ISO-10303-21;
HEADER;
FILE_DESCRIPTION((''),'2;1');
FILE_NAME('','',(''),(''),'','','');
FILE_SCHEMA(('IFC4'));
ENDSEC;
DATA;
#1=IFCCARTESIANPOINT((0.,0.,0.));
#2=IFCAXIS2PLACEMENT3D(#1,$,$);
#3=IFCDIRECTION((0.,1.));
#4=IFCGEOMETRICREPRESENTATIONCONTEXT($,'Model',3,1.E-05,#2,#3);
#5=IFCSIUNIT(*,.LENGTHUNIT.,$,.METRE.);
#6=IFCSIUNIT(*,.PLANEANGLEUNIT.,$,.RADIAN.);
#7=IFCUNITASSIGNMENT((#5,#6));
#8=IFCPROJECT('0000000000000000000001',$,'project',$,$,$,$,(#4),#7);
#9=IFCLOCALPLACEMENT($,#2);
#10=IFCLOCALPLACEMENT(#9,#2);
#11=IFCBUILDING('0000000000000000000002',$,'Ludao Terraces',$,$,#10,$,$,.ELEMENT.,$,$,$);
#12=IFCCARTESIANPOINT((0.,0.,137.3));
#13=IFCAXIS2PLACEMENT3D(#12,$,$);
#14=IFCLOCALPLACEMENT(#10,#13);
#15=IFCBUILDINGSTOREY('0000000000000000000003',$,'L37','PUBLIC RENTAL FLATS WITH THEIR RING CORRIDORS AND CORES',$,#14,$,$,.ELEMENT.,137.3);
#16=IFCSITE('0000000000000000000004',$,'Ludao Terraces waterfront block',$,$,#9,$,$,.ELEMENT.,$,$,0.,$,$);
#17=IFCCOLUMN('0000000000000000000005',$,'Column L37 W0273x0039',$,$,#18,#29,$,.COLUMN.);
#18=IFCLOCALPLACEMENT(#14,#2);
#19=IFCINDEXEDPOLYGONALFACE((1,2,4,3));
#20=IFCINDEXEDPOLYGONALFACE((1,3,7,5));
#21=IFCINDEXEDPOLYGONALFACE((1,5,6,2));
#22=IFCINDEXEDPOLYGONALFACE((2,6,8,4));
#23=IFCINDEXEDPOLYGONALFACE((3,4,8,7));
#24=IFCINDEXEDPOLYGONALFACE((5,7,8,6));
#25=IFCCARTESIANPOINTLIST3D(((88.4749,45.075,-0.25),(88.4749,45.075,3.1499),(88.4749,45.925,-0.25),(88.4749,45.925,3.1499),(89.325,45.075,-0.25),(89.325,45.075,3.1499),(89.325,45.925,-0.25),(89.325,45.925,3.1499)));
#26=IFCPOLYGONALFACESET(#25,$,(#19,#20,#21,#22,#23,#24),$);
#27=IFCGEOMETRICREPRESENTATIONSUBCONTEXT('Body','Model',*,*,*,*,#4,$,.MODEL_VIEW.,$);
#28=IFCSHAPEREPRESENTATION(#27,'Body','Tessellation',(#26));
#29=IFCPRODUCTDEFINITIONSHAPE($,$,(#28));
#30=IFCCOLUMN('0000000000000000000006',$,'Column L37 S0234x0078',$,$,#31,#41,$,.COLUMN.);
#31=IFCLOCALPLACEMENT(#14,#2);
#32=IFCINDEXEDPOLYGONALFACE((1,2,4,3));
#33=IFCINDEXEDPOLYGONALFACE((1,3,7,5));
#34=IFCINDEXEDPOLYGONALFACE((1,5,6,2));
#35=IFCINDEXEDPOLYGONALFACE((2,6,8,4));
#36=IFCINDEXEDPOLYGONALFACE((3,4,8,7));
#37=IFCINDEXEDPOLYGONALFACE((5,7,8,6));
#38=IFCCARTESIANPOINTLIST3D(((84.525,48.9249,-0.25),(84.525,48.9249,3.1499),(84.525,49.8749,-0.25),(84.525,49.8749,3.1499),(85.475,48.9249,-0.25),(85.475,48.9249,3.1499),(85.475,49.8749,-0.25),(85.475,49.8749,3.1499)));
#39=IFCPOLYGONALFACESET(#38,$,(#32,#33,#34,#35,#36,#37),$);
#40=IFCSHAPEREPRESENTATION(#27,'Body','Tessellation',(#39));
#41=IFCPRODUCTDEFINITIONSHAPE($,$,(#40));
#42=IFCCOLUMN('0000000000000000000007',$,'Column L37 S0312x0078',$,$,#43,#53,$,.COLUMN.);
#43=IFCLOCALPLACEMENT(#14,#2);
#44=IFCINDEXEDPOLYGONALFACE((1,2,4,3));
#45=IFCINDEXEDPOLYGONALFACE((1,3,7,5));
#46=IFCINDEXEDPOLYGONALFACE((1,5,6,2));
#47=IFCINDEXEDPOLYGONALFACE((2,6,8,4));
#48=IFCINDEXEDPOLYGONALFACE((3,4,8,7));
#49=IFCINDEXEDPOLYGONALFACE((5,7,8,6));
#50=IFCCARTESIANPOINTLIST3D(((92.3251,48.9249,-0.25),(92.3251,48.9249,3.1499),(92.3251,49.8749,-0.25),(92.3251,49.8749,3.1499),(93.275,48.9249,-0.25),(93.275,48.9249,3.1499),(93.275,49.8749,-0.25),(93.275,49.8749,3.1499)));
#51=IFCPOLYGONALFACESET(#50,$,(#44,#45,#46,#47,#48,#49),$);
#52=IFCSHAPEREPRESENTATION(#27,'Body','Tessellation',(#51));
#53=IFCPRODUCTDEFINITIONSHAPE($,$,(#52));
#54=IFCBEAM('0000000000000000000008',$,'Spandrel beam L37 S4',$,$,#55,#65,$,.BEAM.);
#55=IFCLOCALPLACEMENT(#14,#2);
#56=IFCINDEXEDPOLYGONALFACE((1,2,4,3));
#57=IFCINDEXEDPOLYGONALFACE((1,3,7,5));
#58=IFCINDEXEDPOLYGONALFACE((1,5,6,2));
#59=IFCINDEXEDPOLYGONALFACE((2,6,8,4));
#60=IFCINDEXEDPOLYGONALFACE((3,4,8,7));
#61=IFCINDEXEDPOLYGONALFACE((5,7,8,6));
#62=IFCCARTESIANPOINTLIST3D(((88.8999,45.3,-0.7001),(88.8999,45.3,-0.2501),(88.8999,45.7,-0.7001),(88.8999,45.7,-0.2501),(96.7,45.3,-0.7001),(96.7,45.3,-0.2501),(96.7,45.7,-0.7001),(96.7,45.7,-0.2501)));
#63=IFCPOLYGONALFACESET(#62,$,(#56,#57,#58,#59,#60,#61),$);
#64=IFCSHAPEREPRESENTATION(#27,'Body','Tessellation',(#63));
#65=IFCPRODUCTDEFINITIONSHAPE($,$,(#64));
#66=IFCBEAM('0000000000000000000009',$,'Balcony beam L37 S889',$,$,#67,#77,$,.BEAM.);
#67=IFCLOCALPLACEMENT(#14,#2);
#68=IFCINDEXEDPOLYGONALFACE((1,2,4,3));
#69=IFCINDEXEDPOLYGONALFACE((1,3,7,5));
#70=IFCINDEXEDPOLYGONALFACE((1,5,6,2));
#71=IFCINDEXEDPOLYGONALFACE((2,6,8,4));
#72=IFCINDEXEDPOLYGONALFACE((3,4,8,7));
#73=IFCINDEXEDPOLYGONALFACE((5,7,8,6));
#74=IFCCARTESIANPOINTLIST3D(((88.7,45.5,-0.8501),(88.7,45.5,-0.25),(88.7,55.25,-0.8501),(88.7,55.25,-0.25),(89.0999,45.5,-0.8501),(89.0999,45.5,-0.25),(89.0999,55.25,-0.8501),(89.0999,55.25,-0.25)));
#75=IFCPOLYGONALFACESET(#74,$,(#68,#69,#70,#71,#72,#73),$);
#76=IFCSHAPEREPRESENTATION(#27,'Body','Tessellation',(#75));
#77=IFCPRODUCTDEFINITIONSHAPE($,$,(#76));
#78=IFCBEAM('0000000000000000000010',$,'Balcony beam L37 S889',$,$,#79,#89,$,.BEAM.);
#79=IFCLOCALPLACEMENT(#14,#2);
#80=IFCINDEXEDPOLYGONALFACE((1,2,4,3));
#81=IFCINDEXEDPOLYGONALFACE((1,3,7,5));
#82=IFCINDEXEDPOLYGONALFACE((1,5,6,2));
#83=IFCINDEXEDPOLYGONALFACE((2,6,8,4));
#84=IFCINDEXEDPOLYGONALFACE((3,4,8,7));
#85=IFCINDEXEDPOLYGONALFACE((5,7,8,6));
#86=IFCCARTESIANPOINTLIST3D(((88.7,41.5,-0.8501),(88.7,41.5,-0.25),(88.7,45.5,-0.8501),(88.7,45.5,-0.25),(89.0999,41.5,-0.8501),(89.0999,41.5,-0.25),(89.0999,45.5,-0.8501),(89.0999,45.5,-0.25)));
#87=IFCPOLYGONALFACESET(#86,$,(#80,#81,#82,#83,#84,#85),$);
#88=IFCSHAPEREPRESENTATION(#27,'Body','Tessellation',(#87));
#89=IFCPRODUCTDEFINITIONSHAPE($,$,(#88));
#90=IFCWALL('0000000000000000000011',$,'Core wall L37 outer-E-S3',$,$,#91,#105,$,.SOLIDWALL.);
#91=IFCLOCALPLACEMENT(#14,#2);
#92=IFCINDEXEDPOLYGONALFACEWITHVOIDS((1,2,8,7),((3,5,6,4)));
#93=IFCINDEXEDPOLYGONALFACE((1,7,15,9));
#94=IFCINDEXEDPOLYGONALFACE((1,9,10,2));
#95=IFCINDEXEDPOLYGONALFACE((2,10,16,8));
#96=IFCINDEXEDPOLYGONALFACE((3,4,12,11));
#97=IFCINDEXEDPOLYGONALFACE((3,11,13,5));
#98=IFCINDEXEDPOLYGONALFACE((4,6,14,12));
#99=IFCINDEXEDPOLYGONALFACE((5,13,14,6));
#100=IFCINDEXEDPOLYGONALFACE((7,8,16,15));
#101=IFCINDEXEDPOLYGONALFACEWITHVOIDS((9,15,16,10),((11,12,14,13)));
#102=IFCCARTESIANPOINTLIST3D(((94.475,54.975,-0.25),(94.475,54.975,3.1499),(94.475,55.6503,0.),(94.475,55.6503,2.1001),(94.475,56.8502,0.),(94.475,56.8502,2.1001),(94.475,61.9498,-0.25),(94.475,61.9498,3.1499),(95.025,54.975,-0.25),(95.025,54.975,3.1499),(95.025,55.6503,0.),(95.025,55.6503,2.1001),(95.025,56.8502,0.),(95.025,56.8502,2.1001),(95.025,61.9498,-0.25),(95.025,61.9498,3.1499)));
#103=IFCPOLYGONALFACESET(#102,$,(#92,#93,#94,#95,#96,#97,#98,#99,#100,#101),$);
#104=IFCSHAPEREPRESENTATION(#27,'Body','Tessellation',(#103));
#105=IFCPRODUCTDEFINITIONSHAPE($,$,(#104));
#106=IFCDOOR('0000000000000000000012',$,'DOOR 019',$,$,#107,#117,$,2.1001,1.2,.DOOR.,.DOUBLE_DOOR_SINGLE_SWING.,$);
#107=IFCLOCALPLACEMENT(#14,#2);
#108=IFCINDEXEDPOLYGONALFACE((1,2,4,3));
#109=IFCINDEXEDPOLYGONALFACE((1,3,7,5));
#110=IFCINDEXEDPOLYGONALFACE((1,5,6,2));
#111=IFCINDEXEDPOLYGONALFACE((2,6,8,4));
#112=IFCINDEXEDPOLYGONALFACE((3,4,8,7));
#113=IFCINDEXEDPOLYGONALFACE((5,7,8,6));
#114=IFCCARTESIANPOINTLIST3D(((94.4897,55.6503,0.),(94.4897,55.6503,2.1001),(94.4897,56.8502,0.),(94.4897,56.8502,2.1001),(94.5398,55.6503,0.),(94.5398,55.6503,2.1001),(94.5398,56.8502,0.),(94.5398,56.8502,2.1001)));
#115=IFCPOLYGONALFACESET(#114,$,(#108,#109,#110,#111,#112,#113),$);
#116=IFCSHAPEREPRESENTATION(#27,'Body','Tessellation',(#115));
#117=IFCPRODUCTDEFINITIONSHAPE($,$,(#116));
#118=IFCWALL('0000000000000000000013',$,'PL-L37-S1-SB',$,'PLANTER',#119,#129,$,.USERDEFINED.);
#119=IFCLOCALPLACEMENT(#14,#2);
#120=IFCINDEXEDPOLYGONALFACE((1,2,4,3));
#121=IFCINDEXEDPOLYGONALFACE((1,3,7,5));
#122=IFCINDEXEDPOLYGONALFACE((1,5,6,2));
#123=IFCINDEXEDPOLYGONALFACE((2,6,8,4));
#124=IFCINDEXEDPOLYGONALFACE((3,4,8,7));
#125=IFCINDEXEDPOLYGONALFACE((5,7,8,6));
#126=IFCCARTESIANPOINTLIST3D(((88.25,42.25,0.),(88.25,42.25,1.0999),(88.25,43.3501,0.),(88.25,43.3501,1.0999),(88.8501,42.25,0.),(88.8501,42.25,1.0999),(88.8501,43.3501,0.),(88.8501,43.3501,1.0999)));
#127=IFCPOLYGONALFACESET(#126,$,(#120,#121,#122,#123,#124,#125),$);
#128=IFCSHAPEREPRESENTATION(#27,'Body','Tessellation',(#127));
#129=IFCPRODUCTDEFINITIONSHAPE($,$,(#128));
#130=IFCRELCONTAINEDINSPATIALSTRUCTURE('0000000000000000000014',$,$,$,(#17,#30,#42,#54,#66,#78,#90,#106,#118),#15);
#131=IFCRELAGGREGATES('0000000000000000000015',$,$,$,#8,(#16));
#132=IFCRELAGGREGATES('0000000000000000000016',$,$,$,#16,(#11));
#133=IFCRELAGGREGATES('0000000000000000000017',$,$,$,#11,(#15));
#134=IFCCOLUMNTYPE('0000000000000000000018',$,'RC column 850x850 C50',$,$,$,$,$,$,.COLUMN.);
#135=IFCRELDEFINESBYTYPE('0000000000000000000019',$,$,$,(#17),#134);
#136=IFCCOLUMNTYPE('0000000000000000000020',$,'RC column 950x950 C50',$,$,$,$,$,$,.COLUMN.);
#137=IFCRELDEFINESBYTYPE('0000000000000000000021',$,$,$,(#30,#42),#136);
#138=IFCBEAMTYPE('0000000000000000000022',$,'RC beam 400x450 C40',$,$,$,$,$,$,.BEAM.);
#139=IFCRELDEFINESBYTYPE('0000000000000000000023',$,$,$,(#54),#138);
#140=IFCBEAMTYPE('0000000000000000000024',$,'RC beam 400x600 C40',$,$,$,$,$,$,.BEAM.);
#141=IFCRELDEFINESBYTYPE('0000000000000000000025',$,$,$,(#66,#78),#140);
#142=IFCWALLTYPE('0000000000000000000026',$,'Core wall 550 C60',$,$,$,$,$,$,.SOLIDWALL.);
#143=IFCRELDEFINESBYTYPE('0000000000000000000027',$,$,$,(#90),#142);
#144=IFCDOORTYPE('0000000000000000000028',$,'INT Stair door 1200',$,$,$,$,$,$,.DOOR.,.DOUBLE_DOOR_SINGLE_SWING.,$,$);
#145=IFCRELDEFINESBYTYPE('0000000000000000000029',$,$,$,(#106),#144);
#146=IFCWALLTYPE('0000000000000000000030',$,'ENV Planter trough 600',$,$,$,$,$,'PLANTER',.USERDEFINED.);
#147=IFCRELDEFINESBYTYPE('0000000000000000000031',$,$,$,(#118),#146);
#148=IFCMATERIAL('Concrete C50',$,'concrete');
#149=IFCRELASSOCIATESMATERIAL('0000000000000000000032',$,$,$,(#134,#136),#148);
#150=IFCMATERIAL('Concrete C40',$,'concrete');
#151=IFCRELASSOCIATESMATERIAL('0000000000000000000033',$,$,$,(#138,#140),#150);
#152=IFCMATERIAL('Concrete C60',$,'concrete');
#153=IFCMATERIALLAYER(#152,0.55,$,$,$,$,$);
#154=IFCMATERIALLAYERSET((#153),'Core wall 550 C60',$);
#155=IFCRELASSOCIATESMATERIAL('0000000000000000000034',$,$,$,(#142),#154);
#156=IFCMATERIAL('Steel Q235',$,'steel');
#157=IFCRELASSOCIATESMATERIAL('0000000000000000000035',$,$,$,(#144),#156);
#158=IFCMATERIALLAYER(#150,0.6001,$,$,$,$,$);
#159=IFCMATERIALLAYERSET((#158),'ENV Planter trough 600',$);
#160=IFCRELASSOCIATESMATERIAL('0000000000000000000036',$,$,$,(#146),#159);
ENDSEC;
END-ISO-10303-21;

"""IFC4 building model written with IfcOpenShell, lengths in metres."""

from ifc_helpers import new_model, si_unit, direction, frame, frame_2d, origin, origin_2d, place, context, subcontext, project, spatial, rectangle, extrude, material, layer, layer_set, material_profile, profile_set, type_object, element, fill, save


model = new_model("IFC4")

# Units and contexts
model_context = context("Model", 3, precision=1e-05, world=origin(), true_north=direction((0.0, 1.0)))
body_context = subcontext(model_context, "Body", "Model", "MODEL_VIEW")
ifc_project = project(units=[si_unit("LENGTHUNIT", "METRE"), si_unit("PLANEANGLEUNIT", "RADIAN")], contexts=[model_context])

# Site, building, storey
site_placement = place(None, origin())
site = spatial("IfcSite", under=ifc_project, at=site_placement, Name="Ludao Terraces waterfront block", CompositionType="ELEMENT", RefElevation=0.0)
building_placement = place(site_placement, origin())
building = spatial("IfcBuilding", under=site, at=building_placement, Name="Ludao Terraces", CompositionType="ELEMENT")
storey_placement = place(building_placement, frame((0.0, 0.0, 137.3)))
storey = spatial("IfcBuildingStorey", under=building, at=storey_placement, Name="L37", Description="PUBLIC RENTAL FLATS WITH THEIR RING CORRIDORS AND CORES", CompositionType="ELEMENT", Elevation=137.3)

# Columns
ifc_material_1 = material(Name="Concrete C50", Category="concrete")
ifc_material_profile_1 = material_profile(ifc_material_1, rectangle(XDim=0.8501, YDim=0.8501, at=origin_2d()), Name="850 X 850")
ifc_profile_set_1 = profile_set([ifc_material_profile_1], Name="Concrete C50")
column_type_1 = type_object("IfcColumnType", Name="RC column 850x850 C50", PredefinedType="COLUMN", material=ifc_profile_set_1)
column_placement = place(storey_placement, frame((88.8999, 45.5, -0.25), z_axis=(0.0, 0.0, 1.0), x_axis=(1.0, 0.0, 0.0)))
element("IfcColumn", 1, at=column_placement, inside=storey, type_object=column_type_1, Name="Column L37 W0273x0039", PredefinedType="COLUMN", context=body_context, shape_type="SweptSolid", body=[
    extrude(rectangle(XDim=0.8501, YDim=0.8501, at=origin_2d()), origin(), (0.0, 0.0, 1.0), 3.3999),
])
ifc_material_profile_2 = material_profile(ifc_material_1, rectangle(XDim=0.95, YDim=0.95, at=origin_2d()), Name="950 X 950")
ifc_profile_set_2 = profile_set([ifc_material_profile_2], Name="Concrete C50")
column_type_2 = type_object("IfcColumnType", Name="RC column 950x950 C50", PredefinedType="COLUMN", material=ifc_profile_set_2)
for number, where, z_axis, x_axis, name in (
    (2, (85.0, 49.3999, -0.25), (0.0, 0.0, 1.0), (1.0, 0.0, 0.0), "Column L37 S0234x0078"),
    (3, (92.8, 49.3999, -0.25), (0.0, 0.0, 1.0), (1.0, 0.0, 0.0), "Column L37 S0312x0078"),
):
    element("IfcColumn", number, at=place(storey_placement, frame(where, z_axis=z_axis, x_axis=x_axis)), inside=storey, type_object=column_type_2, Name=name, PredefinedType="COLUMN", context=body_context, shape_type="SweptSolid", body=[
        extrude(rectangle(XDim=0.95, YDim=0.95, at=origin_2d()), origin(), (0.0, 0.0, 1.0), 3.3999),
    ])

# Beams
ifc_material_2 = material(Name="Concrete C40", Category="concrete")
ifc_material_profile_3 = material_profile(ifc_material_2, rectangle(XDim=0.3999, YDim=0.45, at=origin_2d()), Name="400 X 450")
ifc_profile_set_3 = profile_set([ifc_material_profile_3], Name="Concrete C40")
beam_type_1 = type_object("IfcBeamType", Name="RC beam 400x450 C40", PredefinedType="BEAM", material=ifc_profile_set_3)
beam_1_placement = place(storey_placement, frame((88.8999, 45.5, -0.4751), z_axis=(1.0, 0.0, 0.0), x_axis=(0.0, 1.0, 0.0)))
element("IfcBeam", 4, at=beam_1_placement, inside=storey, type_object=beam_type_1, Name="Spandrel beam L37 S4", PredefinedType="BEAM", context=body_context, shape_type="SweptSolid", body=[
    extrude(rectangle(XDim=0.3999, YDim=0.45, at=origin_2d()), origin(), (0.0, 0.0, 1.0), 7.8),
])
ifc_material_profile_4 = material_profile(ifc_material_2, rectangle(XDim=0.3999, YDim=0.6001, at=origin_2d()), Name="400 X 600")
ifc_profile_set_4 = profile_set([ifc_material_profile_4], Name="Concrete C40")
beam_type_2 = type_object("IfcBeamType", Name="RC beam 400x600 C40", PredefinedType="BEAM", material=ifc_profile_set_4)
beam_2_placement = place(storey_placement, frame((88.8999, 55.25, -0.55), z_axis=(0.0, -1.0, 0.0), x_axis=(1.0, 0.0, 0.0)))
element("IfcBeam", 5, at=beam_2_placement, inside=storey, type_object=beam_type_2, Name="Balcony beam L37 S889", PredefinedType="BEAM", context=body_context, shape_type="SweptSolid", body=[
    extrude(rectangle(XDim=0.3999, YDim=0.6001, at=origin_2d()), origin(), (0.0, 0.0, 1.0), 9.75),
])
beam_3_placement = place(storey_placement, frame((88.8999, 45.5, -0.55), z_axis=(0.0, -1.0, 0.0), x_axis=(1.0, 0.0, 0.0)))
element("IfcBeam", 6, at=beam_3_placement, inside=storey, type_object=beam_type_2, Name="Balcony beam L37 S889", PredefinedType="BEAM", context=body_context, shape_type="SweptSolid", body=[
    extrude(rectangle(XDim=0.3999, YDim=0.6001, at=origin_2d()), origin(), (0.0, 0.0, 1.0), 4.0),
])

# Wall, opening, door
ifc_material_3 = material(Name="Concrete C60", Category="concrete")
ifc_layer_1 = layer(ifc_material_3, 0.55)
ifc_layer_set_1 = layer_set([ifc_layer_1], Name="Core wall 550 C60")
wall_type_1 = type_object("IfcWallType", Name="Core wall 550 C60", PredefinedType="SOLIDWALL", material=ifc_layer_set_1)
wall_1_placement = place(storey_placement, frame((94.75, 54.9751, -0.25), z_axis=(0.0, 0.0, 1.0), x_axis=(0.0, 1.0, 0.0)))
wall_1 = element("IfcWall", 7, at=wall_1_placement, inside=storey, type_object=wall_type_1, Name="Core wall L37 outer-E-S3", PredefinedType="SOLIDWALL", context=body_context, shape_type="SweptSolid", body=[
    extrude(rectangle(XDim=6.9749, YDim=0.55, at=frame_2d((3.4873, 0.0))), origin(), (0.0, 0.0, 1.0), 3.3999),
])
opening_1_placement = place(wall_1_placement, frame((0.675, 0.0, 0.25)))
opening_1 = element("IfcOpeningElement", 8, at=opening_1_placement, cuts=wall_1, PredefinedType="OPENING", context=body_context, shape_type="SweptSolid", body=[
    extrude(rectangle(XDim=1.2, YDim=2.1001, at=frame_2d((0.6001, 1.05))), frame((0.0, 0.2852, 0.0), z_axis=(0.0, -1.0, 0.0), x_axis=(1.0, 0.0, 0.0)), (0.0, 0.0, 1.0), 0.5701),
])
ifc_material_4 = material(Name="Steel Q235", Category="steel")
door_type_1 = type_object("IfcDoorType", Name="INT Stair door 1200", OperationType="DOUBLE_DOOR_SINGLE_SWING", PredefinedType="DOOR", material=ifc_material_4)
door_1_placement = place(opening_1_placement, origin())
door_1 = element("IfcDoor", 9, at=door_1_placement, inside=storey, type_object=door_type_1, Name="DOOR 019", OperationType="DOUBLE_DOOR_SINGLE_SWING", OverallHeight=2.1001, OverallWidth=1.2, PredefinedType="DOOR", context=body_context, shape_type="SweptSolid", body=[
    extrude(rectangle(XDim=1.2, YDim=2.1001, at=frame_2d((0.6001, 1.05))), frame((0.0, 0.2603, 0.0), z_axis=(0.0, -1.0, 0.0), x_axis=(1.0, 0.0, 0.0)), (0.0, 0.0, 1.0), 0.05),
])
fill(opening_1, door_1)

# Wall
ifc_layer_2 = layer(ifc_material_2, 0.6001)
ifc_layer_set_2 = layer_set([ifc_layer_2], Name="ENV Planter trough 600")
wall_type_2 = type_object("IfcWallType", Name="ENV Planter trough 600", ElementType="PLANTER", PredefinedType="USERDEFINED", material=ifc_layer_set_2)
wall_2_placement = place(storey_placement, frame((88.55, 42.25, 0.0), z_axis=(0.0, 0.0, 1.0), x_axis=(0.0, 1.0, 0.0)))
element("IfcWall", 10, at=wall_2_placement, inside=storey, type_object=wall_type_2, Name="PL-L37-S1-SB", ObjectType="PLANTER", PredefinedType="USERDEFINED", context=body_context, shape_type="SweptSolid", body=[
    extrude(rectangle(XDim=1.1001, YDim=0.6001, at=frame_2d((0.55, 0.0))), origin(), (0.0, 0.0, 1.0), 1.0999),
])

save(model, "model.ifc")
